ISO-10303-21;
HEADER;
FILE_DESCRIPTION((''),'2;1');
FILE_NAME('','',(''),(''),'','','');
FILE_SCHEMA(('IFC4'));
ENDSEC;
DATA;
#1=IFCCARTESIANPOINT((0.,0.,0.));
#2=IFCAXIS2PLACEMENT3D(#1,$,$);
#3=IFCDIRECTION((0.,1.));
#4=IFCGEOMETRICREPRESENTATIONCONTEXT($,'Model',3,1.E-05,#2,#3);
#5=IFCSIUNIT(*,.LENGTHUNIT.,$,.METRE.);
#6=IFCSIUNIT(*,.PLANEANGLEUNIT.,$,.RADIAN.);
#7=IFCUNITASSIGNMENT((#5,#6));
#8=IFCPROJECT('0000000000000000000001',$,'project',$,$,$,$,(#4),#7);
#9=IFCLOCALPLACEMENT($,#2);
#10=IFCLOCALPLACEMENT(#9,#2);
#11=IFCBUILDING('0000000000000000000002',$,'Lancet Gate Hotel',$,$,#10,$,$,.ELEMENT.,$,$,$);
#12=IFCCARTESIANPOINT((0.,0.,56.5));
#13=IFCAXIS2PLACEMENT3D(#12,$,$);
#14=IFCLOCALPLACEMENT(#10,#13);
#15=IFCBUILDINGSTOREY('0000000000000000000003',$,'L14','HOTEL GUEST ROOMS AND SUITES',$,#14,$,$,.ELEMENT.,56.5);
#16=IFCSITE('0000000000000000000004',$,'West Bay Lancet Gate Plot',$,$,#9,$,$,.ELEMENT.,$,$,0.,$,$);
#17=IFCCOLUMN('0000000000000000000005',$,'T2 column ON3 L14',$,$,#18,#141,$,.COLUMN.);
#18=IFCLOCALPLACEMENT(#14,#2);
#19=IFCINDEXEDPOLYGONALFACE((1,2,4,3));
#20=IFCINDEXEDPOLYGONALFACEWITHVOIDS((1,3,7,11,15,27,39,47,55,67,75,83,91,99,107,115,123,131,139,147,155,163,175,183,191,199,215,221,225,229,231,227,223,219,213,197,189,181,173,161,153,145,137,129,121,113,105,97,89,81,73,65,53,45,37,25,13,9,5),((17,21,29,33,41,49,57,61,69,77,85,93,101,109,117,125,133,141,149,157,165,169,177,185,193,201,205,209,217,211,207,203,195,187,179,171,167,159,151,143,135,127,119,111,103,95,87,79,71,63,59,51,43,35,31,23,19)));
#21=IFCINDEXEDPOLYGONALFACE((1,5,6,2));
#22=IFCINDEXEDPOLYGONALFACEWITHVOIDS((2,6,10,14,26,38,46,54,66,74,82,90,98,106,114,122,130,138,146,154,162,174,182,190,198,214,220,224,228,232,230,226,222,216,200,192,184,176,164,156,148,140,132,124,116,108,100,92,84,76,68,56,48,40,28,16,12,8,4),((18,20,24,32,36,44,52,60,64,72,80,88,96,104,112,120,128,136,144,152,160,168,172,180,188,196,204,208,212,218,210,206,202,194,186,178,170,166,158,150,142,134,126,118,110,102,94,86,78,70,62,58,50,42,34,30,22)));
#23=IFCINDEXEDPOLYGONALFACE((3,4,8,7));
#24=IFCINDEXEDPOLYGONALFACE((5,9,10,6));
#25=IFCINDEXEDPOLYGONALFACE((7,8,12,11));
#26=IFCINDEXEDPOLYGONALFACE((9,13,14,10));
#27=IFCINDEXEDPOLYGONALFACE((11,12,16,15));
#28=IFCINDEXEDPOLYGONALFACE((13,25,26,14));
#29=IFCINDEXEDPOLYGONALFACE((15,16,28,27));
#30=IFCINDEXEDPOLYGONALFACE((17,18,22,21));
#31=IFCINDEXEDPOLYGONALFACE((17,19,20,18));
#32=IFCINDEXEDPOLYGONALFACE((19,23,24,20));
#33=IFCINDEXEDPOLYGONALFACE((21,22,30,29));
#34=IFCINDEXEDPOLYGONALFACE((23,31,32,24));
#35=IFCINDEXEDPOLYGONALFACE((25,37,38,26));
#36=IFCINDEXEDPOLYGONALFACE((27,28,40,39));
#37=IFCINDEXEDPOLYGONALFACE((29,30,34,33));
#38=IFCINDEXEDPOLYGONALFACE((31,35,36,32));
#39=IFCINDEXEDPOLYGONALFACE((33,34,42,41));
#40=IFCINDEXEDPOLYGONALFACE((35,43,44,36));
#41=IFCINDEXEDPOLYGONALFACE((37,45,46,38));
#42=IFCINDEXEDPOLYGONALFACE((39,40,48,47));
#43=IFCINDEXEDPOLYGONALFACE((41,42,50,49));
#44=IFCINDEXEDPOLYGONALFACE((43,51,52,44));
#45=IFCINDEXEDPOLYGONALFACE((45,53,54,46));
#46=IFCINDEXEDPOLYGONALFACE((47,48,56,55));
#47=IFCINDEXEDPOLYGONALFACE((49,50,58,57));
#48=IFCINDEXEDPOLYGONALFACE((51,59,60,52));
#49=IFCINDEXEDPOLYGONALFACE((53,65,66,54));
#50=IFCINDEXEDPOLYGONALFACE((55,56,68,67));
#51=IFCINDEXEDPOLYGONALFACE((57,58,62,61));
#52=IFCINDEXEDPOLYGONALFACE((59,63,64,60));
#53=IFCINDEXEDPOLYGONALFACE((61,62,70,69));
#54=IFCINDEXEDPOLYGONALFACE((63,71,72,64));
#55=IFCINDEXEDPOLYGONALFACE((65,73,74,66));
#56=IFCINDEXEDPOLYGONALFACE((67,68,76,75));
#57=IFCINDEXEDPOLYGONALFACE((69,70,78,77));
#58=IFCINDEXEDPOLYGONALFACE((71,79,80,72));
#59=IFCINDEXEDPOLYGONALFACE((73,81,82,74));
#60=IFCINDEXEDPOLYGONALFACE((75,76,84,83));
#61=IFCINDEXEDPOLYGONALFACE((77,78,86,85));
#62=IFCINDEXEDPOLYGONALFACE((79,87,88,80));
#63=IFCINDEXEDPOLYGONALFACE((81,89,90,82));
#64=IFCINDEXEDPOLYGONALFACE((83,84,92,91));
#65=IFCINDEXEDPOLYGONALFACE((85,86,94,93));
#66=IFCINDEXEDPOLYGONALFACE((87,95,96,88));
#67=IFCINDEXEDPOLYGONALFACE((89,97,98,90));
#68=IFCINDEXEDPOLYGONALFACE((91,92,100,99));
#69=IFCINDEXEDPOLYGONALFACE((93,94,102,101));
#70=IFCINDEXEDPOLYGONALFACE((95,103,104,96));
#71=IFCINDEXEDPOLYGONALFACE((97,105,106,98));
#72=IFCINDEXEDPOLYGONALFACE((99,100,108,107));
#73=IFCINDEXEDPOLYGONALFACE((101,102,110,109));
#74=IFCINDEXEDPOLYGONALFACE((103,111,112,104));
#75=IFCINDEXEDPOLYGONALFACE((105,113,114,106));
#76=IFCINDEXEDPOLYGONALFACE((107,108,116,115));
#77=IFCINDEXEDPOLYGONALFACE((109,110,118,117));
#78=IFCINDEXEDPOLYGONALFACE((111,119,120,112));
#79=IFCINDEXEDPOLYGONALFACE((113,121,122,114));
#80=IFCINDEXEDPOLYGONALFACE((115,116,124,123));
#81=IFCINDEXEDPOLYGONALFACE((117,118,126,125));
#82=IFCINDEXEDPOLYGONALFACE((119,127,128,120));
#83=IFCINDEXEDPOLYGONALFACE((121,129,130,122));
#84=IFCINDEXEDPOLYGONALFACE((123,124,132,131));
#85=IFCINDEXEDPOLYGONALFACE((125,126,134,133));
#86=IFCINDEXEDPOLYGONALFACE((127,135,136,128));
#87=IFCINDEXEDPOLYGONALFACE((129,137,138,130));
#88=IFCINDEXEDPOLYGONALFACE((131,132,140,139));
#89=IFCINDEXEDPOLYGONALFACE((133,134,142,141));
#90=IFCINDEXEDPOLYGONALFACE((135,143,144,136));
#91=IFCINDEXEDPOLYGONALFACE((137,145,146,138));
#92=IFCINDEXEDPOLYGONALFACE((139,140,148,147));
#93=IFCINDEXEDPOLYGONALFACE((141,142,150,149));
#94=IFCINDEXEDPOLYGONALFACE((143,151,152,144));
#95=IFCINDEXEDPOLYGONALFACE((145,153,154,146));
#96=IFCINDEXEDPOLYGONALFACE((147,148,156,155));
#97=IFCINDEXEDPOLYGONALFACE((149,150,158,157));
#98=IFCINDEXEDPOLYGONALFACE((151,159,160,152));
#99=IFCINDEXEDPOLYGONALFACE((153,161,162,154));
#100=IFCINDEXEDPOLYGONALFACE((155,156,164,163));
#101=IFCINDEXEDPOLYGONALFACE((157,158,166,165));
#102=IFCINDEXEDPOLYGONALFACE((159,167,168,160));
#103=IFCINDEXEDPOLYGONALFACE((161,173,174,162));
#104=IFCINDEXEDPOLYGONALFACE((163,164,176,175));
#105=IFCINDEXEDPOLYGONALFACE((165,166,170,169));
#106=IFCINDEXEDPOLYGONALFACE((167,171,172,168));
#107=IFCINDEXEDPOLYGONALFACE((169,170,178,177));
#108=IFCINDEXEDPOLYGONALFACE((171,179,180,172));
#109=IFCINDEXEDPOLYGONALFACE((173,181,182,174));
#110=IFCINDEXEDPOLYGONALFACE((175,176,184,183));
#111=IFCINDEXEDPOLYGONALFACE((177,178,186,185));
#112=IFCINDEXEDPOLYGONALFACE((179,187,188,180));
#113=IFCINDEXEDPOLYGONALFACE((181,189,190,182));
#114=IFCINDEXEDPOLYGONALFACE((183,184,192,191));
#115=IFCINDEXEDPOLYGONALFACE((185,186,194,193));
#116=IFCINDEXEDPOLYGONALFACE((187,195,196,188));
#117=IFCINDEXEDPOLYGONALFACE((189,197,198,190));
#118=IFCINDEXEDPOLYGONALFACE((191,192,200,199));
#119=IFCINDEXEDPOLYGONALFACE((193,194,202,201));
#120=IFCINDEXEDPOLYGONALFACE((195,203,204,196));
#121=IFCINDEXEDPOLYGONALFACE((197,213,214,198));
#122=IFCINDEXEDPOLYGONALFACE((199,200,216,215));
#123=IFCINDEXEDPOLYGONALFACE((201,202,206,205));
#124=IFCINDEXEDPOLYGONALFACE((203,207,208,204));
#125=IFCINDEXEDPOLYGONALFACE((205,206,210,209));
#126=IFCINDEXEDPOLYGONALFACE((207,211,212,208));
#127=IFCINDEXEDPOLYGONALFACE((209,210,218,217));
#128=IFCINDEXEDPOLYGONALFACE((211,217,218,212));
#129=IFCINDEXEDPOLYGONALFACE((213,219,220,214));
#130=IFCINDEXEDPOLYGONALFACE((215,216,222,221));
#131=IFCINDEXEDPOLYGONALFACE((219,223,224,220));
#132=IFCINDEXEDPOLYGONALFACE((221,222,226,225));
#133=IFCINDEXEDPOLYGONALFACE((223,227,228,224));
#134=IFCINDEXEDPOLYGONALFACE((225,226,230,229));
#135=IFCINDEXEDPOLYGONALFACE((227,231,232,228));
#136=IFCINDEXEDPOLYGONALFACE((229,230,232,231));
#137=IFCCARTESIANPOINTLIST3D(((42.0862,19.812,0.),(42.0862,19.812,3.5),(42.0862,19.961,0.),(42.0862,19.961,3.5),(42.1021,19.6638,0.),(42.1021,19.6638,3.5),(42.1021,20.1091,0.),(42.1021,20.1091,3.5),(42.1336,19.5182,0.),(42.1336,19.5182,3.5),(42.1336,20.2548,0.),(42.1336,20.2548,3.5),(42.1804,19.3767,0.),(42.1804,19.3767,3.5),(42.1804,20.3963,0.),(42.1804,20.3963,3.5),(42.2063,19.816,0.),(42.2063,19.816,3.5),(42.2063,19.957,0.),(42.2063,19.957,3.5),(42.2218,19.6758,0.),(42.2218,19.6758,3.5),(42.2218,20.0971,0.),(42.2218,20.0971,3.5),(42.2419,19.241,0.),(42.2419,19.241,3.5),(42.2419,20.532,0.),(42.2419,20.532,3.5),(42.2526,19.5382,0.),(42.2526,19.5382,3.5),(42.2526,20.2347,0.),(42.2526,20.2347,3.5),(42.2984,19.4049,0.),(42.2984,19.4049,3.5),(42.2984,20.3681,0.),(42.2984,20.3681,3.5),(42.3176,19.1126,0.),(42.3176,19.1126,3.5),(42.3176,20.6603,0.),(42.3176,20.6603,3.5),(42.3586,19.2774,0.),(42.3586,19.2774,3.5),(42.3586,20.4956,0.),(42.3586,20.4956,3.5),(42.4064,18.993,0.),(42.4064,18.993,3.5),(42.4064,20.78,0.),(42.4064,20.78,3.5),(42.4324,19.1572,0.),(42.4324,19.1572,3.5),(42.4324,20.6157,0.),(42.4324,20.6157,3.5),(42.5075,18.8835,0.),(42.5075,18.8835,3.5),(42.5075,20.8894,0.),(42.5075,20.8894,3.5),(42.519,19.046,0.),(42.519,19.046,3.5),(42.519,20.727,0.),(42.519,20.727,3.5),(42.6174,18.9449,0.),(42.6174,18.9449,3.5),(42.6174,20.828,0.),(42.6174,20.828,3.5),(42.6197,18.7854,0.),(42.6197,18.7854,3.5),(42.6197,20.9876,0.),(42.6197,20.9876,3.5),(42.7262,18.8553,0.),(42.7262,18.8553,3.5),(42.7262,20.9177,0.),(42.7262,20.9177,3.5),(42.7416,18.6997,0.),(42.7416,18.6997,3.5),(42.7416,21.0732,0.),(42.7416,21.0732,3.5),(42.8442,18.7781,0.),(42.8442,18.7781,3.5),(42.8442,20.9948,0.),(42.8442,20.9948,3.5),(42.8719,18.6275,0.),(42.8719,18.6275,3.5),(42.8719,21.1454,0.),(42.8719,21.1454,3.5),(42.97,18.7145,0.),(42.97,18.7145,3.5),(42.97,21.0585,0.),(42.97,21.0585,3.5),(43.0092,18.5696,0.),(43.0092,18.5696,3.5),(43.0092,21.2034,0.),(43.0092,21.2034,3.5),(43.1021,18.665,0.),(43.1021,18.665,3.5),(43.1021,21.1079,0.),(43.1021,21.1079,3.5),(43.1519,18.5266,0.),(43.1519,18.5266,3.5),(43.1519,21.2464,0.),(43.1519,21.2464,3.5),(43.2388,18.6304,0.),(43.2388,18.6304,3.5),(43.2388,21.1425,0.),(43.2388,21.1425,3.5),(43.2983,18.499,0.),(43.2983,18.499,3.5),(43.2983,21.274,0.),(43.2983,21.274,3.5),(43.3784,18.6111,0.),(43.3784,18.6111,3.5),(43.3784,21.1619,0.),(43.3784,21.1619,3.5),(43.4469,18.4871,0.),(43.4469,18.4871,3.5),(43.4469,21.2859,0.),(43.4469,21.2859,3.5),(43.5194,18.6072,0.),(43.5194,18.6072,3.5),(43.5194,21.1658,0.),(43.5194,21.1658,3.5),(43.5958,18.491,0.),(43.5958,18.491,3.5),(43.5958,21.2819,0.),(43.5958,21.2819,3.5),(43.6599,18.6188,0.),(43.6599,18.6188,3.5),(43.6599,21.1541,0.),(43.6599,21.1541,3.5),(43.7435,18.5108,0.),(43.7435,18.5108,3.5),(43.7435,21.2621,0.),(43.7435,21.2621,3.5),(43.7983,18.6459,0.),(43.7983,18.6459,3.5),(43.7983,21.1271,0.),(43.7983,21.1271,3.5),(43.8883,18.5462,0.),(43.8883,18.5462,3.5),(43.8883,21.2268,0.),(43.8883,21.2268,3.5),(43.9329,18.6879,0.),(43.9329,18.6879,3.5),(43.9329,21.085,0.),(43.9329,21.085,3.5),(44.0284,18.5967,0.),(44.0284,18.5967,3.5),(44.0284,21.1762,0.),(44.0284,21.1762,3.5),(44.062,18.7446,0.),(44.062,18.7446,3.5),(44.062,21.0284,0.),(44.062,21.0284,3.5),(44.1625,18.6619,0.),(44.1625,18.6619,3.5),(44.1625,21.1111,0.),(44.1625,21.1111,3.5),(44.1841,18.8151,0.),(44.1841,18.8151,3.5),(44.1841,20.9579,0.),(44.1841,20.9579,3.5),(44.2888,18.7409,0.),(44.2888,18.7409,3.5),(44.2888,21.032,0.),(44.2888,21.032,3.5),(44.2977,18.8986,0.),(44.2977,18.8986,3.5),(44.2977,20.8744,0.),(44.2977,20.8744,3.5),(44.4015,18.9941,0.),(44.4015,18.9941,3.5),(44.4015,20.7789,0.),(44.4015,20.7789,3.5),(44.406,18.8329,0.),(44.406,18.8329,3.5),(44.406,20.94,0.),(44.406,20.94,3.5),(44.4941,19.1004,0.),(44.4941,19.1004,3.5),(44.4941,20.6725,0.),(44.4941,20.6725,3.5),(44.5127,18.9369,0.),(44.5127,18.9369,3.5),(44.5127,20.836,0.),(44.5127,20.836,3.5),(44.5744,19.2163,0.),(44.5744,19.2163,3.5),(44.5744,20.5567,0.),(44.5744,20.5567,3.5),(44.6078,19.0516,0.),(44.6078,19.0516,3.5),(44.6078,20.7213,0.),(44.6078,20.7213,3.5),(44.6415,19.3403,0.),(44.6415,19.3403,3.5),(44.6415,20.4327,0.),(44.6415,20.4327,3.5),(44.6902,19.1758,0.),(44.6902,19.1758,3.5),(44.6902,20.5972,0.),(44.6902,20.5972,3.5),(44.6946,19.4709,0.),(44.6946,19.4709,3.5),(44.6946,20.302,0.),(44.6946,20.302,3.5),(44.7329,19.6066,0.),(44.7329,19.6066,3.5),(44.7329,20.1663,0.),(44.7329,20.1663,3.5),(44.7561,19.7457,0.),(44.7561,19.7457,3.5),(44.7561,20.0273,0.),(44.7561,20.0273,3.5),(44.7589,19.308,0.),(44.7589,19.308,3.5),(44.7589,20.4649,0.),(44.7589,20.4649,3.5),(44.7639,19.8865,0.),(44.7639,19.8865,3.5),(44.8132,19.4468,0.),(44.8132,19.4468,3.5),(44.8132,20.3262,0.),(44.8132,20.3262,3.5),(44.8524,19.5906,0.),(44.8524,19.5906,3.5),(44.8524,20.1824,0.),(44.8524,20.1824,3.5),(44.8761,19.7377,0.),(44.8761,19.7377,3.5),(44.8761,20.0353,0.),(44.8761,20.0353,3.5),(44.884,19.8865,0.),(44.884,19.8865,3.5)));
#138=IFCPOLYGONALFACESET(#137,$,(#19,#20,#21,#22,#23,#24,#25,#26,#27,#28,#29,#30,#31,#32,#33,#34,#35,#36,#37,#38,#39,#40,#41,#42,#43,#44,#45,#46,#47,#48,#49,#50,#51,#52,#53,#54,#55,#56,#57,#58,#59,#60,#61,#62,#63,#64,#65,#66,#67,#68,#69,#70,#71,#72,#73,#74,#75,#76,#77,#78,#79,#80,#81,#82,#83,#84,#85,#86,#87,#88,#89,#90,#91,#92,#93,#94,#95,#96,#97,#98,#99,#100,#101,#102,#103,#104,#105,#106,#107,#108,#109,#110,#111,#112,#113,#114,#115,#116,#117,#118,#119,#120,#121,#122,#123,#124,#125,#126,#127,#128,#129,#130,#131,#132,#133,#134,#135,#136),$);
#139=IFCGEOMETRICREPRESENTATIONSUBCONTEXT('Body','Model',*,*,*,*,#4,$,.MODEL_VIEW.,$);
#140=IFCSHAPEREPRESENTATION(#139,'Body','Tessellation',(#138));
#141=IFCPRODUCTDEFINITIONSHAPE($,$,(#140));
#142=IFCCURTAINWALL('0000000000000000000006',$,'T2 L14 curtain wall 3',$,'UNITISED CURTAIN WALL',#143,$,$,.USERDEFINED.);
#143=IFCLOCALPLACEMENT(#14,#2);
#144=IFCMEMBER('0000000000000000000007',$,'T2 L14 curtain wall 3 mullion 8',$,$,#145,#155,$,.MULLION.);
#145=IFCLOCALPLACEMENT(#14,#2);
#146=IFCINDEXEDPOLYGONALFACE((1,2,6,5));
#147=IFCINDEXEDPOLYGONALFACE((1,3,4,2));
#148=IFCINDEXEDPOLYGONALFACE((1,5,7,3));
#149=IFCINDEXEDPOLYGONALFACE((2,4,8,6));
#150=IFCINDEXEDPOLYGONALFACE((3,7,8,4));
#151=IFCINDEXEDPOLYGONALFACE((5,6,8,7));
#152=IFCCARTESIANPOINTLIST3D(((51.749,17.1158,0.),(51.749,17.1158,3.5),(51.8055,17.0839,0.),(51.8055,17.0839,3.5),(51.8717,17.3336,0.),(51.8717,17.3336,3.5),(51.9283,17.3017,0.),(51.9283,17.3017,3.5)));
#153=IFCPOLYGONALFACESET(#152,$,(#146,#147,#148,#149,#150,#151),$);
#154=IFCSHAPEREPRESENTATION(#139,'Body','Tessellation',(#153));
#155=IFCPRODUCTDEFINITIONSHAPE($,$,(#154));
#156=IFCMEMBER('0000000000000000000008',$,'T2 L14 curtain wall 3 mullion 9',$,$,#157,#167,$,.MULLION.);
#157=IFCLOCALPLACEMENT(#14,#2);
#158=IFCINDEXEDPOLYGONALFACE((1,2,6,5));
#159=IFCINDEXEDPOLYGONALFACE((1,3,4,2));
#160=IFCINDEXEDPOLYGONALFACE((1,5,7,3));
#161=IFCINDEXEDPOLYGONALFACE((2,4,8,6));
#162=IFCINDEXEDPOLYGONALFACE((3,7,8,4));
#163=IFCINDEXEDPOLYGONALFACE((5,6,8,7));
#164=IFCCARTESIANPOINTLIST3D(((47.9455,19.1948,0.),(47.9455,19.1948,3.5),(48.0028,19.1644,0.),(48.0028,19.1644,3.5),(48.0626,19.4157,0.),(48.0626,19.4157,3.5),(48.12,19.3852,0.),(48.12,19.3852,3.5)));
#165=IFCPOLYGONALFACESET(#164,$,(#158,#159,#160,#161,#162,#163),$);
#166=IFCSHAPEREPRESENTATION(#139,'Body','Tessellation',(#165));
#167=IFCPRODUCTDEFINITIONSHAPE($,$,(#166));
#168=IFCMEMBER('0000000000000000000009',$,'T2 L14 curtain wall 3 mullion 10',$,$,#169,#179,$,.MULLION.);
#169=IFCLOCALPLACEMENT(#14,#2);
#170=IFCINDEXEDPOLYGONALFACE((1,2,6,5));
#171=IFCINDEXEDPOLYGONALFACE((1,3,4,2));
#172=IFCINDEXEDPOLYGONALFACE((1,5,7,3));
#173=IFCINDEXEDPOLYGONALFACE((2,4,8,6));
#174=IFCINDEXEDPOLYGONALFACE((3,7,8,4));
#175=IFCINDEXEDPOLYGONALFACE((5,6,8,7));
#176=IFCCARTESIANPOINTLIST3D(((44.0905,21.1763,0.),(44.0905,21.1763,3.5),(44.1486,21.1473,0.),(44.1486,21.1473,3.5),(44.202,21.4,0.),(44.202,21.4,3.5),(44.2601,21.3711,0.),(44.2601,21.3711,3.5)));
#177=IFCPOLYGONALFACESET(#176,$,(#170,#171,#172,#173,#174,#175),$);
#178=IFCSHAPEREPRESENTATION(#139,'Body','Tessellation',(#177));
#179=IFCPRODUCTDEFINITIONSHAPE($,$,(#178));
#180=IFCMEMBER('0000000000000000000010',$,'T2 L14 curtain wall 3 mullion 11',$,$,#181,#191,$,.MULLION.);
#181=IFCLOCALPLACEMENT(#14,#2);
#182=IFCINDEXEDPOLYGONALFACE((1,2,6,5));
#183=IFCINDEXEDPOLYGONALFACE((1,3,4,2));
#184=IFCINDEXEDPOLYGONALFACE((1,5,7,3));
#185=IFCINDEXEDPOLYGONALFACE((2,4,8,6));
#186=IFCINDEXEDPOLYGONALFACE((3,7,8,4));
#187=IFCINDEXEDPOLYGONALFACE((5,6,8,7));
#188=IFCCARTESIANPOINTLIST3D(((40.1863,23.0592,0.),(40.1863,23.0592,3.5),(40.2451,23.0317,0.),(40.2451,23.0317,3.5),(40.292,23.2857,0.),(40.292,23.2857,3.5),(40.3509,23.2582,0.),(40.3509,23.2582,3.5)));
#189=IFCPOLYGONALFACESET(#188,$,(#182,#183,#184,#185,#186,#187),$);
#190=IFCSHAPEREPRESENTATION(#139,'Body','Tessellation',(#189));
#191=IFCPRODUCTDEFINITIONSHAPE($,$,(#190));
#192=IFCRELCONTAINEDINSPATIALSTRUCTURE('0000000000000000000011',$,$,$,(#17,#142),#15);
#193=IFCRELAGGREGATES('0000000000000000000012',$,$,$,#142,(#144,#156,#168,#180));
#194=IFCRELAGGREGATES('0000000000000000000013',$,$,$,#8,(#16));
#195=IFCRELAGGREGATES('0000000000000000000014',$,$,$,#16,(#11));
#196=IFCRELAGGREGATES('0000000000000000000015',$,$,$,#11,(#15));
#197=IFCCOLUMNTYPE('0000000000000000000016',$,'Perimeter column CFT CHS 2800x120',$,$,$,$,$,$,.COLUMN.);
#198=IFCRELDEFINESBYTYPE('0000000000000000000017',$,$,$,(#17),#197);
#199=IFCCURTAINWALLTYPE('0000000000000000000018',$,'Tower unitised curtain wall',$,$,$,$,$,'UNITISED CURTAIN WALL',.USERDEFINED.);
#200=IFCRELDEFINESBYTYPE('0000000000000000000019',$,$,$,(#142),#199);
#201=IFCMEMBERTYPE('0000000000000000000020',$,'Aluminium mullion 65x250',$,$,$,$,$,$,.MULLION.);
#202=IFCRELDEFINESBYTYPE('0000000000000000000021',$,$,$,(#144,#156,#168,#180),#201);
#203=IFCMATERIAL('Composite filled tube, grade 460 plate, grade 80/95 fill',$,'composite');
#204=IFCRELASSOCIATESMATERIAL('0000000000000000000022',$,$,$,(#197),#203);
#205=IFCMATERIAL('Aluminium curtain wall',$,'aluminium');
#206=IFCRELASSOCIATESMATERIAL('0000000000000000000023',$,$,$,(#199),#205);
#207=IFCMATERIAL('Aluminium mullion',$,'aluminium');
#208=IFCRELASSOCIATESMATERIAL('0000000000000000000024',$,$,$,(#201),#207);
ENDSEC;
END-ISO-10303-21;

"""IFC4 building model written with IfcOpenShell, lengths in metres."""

from ifc_helpers import new_model, si_unit, direction, frame, origin, origin_2d, place, context, subcontext, project, spatial, rectangle, hollow_circle, extrude, material, material_profile, profile_set, type_object, element, aggregate, save


model = new_model("IFC4")

# Units and contexts
model_context = context("Model", 3, precision=1e-05, world=origin(), true_north=direction((0.0, 1.0)))
body_context = subcontext(model_context, "Body", "Model", "MODEL_VIEW")
ifc_project = project(units=[si_unit("LENGTHUNIT", "METRE"), si_unit("PLANEANGLEUNIT", "RADIAN")], contexts=[model_context])

# Site, building, storey
site_placement = place(None, origin())
site = spatial("IfcSite", under=ifc_project, at=site_placement, Name="West Bay Lancet Gate Plot", CompositionType="ELEMENT", RefElevation=0.0)
building_placement = place(site_placement, origin())
building = spatial("IfcBuilding", under=site, at=building_placement, Name="Lancet Gate Hotel", CompositionType="ELEMENT")
storey_placement = place(building_placement, frame((0.0, 0.0, 56.5)))
storey = spatial("IfcBuildingStorey", under=building, at=storey_placement, Name="L14", Description="HOTEL GUEST ROOMS AND SUITES", CompositionType="ELEMENT", Elevation=56.5)

# Column
ifc_material_1 = material(Name="Composite filled tube, grade 460 plate, grade 80/95 fill", Category="composite")
ifc_material_profile_1 = material_profile(ifc_material_1, hollow_circle(Radius=1.3999, WallThickness=0.1201, at=origin_2d()), Name="CHS 2800x120")
ifc_profile_set_1 = profile_set([ifc_material_profile_1], Name="Composite filled tube, grade 460 plate, grade 80/95 fill")
column_type = type_object("IfcColumnType", Name="Perimeter column CFT CHS 2800x120", PredefinedType="COLUMN", material=ifc_profile_set_1)
for number, where, z_axis, x_axis, name in (
    (1, (43.4841, 19.8865, 0.0), (0.0, 0.0, 1.0), (1.0, 0.0, 0.0), "T2 column ON3 L14"),
):
    element("IfcColumn", number, at=place(storey_placement, frame(where, z_axis=z_axis, x_axis=x_axis)), inside=storey, type_object=column_type, Name=name, PredefinedType="COLUMN", context=body_context, shape_type="SweptSolid", body=[
        extrude(hollow_circle(Radius=1.3999, WallThickness=0.1201, at=origin_2d()), origin(), (0.0, 0.0, 1.0), 3.5),
    ])

# Curtain wall, members
ifc_material_2 = material(Name="Aluminium curtain wall", Category="aluminium")
curtain_wall_type = type_object("IfcCurtainWallType", Name="Tower unitised curtain wall", ElementType="UNITISED CURTAIN WALL", PredefinedType="USERDEFINED", material=ifc_material_2)
curtain_wall_placement = place(storey_placement, origin())
curtain_wall = element("IfcCurtainWall", 2, at=curtain_wall_placement, inside=storey, type_object=curtain_wall_type, Name="T2 L14 curtain wall 3", ObjectType="UNITISED CURTAIN WALL", PredefinedType="USERDEFINED")
ifc_material_3 = material(Name="Aluminium mullion", Category="aluminium")
ifc_material_profile_2 = material_profile(ifc_material_3, rectangle(XDim=0.0649, YDim=0.25, at=origin_2d()), Name="MULLION 65x250")
ifc_profile_set_2 = profile_set([ifc_material_profile_2], Name="Aluminium mullion")
member_type_1 = type_object("IfcMemberType", Name="Aluminium mullion 65x250", PredefinedType="MULLION", material=ifc_profile_set_2)
member_1_placement = place(storey_placement, frame((51.8386, 17.2087, 0.0), z_axis=(0.0, 0.0, 1.0), x_axis=(-0.87119, 0.490945, 0.0)))
member_1 = element("IfcMember", 3, at=member_1_placement, type_object=member_type_1, Name="T2 L14 curtain wall 3 mullion 8", PredefinedType="MULLION", context=body_context, shape_type="SweptSolid", body=[
    extrude(rectangle(XDim=0.0649, YDim=0.25, at=origin_2d()), origin(), (0.0, 0.0, 1.0), 3.5),
])
member_2_placement = place(storey_placement, frame((48.0327, 19.29, 0.0), z_axis=(0.0, 0.0, 1.0), x_axis=(-0.883403, 0.468613, 0.0)))
member_2 = element("IfcMember", 4, at=member_2_placement, type_object=member_type_1, Name="T2 L14 curtain wall 3 mullion 9", PredefinedType="MULLION", context=body_context, shape_type="SweptSolid", body=[
    extrude(rectangle(XDim=0.0649, YDim=0.25, at=origin_2d()), origin(), (0.0, 0.0, 1.0), 3.5),
])
member_3_placement = place(storey_placement, frame((44.1753, 21.2737, 0.0), z_axis=(0.0, 0.0, 1.0), x_axis=(-0.895044, 0.445978, 0.0)))
member_3 = element("IfcMember", 5, at=member_3_placement, type_object=member_type_1, Name="T2 L14 curtain wall 3 mullion 10", PredefinedType="MULLION", context=body_context, shape_type="SweptSolid", body=[
    extrude(rectangle(XDim=0.0649, YDim=0.25, at=origin_2d()), origin(), (0.0, 0.0, 1.0), 3.5),
])
member_4_placement = place(storey_placement, frame((40.2686, 23.1587, 0.0), z_axis=(0.0, 0.0, 1.0), x_axis=(-0.906105, 0.423053, 0.0)))
member_4 = element("IfcMember", 6, at=member_4_placement, type_object=member_type_1, Name="T2 L14 curtain wall 3 mullion 11", PredefinedType="MULLION", context=body_context, shape_type="SweptSolid", body=[
    extrude(rectangle(XDim=0.0649, YDim=0.25, at=origin_2d()), origin(), (0.0, 0.0, 1.0), 3.5),
])

aggregate(curtain_wall, [member_1, member_2, member_3, member_4])

save(model, "model.ifc")
